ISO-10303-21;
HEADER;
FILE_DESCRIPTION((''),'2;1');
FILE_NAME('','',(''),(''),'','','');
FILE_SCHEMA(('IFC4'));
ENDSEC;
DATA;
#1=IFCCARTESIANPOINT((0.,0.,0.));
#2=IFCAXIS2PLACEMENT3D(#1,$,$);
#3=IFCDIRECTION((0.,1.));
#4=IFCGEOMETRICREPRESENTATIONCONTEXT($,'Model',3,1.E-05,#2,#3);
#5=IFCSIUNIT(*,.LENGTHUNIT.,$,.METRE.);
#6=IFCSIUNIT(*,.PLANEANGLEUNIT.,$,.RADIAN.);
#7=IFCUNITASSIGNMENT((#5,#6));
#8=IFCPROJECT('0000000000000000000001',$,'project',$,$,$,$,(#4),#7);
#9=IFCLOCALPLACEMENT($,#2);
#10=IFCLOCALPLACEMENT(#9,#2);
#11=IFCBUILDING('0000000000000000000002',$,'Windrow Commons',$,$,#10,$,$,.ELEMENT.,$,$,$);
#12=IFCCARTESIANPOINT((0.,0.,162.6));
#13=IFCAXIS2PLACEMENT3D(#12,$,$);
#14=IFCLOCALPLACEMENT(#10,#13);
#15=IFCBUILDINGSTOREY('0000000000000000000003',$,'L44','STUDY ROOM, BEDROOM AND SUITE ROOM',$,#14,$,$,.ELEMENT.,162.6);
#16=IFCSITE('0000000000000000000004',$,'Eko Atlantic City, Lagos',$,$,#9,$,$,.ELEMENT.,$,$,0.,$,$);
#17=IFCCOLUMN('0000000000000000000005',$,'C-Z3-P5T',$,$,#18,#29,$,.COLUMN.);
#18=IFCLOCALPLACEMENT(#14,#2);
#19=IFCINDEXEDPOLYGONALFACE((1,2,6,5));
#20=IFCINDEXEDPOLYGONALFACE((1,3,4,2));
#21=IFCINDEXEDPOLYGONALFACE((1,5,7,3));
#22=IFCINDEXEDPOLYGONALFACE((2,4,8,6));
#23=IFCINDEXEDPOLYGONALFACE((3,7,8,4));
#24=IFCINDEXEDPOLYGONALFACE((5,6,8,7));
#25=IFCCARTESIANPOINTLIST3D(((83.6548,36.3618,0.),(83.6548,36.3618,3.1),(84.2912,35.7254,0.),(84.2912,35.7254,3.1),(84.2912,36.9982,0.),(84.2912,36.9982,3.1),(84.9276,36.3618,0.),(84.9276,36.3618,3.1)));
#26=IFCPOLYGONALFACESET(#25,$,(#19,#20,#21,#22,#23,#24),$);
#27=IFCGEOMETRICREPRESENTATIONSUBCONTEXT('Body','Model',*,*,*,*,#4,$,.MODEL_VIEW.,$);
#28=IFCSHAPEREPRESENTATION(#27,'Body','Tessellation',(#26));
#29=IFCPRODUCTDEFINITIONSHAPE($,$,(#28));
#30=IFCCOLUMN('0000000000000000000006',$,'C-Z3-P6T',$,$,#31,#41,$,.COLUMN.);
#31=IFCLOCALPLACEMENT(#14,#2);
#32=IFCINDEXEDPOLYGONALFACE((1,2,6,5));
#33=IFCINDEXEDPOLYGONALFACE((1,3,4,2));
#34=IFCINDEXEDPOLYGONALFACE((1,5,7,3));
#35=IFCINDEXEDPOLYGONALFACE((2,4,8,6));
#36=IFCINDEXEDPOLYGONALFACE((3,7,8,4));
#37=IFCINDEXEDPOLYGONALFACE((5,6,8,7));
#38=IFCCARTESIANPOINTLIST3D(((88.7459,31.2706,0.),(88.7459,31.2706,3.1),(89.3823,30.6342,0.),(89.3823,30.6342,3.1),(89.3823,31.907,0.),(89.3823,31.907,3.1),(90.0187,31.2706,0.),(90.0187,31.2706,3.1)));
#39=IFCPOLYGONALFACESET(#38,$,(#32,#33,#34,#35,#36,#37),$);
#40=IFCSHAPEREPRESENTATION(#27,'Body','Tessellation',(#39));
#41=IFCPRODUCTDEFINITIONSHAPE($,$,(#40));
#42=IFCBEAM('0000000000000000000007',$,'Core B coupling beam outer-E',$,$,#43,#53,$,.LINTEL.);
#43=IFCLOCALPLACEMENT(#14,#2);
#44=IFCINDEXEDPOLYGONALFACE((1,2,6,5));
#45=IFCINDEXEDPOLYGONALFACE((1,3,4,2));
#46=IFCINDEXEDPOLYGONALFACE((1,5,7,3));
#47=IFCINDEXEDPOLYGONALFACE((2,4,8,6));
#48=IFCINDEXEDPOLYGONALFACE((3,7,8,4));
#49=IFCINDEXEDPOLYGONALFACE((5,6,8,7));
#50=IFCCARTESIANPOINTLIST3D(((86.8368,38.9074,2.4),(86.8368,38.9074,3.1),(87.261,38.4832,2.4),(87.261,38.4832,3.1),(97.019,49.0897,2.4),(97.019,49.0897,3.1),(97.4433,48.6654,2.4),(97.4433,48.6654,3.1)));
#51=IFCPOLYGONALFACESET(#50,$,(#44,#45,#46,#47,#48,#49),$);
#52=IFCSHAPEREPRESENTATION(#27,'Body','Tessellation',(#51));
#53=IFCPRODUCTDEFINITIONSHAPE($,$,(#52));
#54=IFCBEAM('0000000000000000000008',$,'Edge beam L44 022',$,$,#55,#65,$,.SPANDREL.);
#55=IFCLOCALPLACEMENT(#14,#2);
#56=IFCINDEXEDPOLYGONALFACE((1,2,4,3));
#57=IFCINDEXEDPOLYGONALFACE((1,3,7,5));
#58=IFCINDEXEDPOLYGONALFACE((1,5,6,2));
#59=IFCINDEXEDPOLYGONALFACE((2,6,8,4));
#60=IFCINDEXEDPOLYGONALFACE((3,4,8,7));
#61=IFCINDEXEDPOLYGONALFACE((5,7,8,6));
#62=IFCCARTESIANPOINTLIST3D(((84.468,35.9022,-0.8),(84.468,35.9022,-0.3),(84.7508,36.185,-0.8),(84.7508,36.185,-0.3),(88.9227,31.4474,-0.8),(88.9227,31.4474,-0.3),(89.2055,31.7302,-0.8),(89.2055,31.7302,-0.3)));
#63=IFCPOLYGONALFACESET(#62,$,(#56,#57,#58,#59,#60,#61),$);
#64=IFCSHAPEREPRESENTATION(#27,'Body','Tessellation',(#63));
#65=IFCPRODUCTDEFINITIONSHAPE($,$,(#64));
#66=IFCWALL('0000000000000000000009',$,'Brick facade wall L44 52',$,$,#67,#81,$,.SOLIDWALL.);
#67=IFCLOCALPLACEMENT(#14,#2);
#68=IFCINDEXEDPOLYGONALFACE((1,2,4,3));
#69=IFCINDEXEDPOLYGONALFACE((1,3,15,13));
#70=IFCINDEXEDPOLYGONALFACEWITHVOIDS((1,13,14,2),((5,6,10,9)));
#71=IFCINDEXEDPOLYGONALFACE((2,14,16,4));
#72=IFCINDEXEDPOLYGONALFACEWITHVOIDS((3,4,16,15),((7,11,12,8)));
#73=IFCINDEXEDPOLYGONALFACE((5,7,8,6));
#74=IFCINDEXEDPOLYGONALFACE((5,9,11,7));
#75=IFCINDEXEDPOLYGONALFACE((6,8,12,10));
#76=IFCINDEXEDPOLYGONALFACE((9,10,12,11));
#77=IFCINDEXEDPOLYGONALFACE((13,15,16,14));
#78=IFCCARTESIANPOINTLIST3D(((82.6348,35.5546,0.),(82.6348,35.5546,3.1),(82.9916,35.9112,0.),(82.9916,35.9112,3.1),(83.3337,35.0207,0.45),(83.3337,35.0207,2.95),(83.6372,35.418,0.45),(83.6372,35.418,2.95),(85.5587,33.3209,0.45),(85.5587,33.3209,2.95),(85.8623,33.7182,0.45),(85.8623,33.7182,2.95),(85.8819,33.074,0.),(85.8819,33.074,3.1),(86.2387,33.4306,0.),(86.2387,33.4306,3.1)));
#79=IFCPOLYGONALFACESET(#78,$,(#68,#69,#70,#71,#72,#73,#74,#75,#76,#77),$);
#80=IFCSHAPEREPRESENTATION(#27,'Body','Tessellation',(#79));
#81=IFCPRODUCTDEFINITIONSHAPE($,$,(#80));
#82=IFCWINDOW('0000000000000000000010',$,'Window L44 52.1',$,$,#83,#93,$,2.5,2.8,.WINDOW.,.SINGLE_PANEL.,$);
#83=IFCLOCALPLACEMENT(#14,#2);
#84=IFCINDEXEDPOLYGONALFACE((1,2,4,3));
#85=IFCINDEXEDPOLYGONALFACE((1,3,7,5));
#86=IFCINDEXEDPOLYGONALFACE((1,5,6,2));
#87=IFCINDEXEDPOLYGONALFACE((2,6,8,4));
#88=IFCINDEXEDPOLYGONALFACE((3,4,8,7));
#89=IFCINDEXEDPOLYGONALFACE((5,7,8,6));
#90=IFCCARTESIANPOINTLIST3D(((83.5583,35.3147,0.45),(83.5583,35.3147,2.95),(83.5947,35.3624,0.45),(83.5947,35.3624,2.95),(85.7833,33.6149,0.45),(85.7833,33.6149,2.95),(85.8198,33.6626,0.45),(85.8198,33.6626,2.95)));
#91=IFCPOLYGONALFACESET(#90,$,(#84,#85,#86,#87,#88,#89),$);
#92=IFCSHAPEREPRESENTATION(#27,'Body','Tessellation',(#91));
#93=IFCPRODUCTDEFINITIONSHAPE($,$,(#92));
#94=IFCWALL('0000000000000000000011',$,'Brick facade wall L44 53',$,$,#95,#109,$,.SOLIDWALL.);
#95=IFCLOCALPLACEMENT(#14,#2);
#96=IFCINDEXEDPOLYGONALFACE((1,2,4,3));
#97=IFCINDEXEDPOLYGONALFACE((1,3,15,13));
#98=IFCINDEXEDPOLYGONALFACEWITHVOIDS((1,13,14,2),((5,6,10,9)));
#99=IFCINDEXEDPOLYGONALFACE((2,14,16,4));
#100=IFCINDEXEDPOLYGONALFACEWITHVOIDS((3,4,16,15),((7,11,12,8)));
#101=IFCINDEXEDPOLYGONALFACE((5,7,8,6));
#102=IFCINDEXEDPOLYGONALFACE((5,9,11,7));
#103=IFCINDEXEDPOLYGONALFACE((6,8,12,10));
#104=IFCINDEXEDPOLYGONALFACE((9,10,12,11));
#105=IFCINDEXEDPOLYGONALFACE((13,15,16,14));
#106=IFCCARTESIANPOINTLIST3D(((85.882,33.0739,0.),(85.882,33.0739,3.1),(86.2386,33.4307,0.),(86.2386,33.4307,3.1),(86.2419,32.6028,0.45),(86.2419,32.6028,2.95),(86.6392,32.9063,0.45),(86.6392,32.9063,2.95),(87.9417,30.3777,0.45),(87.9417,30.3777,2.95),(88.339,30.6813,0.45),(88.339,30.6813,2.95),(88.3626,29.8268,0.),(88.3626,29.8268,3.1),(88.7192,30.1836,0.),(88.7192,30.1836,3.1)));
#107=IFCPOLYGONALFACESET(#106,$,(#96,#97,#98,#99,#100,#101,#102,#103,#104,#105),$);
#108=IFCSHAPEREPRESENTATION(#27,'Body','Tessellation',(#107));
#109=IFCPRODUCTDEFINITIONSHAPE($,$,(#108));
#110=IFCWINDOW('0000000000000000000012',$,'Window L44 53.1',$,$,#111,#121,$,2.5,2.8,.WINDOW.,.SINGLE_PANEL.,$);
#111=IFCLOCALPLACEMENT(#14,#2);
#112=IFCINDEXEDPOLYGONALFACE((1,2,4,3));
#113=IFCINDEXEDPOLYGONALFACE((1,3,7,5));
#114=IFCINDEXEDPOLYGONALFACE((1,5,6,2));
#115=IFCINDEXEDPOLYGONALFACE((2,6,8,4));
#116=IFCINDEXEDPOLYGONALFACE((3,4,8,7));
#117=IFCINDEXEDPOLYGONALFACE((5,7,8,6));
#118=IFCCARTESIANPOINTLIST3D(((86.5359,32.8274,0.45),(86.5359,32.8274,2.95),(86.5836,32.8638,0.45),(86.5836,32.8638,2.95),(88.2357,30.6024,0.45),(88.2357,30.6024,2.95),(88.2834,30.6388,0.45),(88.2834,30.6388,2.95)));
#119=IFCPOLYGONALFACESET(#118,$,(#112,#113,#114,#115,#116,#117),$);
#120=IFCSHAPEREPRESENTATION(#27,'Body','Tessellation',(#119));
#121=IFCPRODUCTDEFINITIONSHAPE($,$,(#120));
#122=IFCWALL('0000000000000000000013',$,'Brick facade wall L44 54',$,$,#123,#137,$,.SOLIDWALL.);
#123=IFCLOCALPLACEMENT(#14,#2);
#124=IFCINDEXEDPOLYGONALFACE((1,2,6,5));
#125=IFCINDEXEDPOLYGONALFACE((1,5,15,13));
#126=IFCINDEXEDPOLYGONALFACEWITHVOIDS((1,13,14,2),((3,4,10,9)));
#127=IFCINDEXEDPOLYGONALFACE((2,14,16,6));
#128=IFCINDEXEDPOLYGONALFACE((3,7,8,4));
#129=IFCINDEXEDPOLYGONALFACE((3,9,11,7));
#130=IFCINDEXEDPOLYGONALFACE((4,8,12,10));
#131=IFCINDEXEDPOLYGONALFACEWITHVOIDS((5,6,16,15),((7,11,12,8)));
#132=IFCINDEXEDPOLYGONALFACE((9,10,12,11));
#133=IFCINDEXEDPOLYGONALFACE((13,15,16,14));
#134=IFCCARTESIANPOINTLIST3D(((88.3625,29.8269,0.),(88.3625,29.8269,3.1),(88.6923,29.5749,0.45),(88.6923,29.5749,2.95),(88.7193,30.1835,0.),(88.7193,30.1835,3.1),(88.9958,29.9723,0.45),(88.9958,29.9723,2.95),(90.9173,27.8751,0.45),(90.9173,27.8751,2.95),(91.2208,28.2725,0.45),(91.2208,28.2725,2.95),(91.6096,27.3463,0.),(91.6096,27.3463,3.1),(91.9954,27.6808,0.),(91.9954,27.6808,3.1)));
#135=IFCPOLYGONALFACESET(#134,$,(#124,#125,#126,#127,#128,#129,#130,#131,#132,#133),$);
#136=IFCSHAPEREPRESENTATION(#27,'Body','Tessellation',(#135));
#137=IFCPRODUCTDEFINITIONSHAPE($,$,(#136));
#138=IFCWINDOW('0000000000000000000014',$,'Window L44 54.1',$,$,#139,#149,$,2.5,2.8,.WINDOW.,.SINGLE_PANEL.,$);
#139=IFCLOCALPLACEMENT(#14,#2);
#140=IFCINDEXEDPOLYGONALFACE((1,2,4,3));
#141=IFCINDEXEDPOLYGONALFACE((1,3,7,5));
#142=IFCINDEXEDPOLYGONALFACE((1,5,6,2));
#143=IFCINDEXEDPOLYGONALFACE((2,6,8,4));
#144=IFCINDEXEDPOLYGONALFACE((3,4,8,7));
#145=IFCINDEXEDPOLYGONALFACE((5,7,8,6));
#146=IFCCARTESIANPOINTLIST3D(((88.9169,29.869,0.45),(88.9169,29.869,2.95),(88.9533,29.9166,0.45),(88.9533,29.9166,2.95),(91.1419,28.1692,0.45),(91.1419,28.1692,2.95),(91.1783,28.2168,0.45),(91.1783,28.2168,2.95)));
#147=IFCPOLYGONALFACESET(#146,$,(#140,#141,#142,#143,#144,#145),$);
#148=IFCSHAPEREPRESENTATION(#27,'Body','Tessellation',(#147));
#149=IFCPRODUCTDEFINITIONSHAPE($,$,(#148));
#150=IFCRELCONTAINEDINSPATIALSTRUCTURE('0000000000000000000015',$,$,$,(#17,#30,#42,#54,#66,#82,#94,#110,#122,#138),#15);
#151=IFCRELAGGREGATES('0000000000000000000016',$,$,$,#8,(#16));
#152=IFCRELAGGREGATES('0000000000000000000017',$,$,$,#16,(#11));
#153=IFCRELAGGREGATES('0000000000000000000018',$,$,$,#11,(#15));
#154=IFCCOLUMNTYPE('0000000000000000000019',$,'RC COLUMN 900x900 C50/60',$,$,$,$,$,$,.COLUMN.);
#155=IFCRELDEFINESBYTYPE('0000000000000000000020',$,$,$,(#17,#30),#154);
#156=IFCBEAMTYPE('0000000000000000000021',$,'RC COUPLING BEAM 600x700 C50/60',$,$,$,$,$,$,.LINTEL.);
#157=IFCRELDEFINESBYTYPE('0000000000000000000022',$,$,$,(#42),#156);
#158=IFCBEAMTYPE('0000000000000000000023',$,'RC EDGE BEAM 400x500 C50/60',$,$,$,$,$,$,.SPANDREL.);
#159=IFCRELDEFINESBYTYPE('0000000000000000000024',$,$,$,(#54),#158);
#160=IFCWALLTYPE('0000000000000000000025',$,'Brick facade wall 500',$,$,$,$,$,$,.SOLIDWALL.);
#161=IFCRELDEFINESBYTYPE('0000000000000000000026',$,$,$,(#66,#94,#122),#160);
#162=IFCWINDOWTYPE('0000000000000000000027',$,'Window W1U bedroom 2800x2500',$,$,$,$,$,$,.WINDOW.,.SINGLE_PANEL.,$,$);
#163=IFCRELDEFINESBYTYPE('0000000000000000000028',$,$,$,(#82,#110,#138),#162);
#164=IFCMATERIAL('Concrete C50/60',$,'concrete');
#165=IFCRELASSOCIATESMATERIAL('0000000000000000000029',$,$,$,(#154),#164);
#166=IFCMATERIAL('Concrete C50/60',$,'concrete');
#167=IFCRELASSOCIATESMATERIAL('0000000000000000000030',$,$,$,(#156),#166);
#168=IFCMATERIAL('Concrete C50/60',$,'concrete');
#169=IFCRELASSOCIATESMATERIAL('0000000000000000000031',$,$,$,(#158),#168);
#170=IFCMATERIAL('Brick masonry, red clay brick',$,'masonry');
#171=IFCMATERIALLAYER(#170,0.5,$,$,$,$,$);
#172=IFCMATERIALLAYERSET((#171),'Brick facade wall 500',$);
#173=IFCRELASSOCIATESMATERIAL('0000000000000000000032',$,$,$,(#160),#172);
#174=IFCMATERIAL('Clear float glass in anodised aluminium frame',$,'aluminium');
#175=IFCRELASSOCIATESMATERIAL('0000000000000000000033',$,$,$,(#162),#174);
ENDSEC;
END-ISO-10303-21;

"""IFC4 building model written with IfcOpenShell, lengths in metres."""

from ifc_helpers import new_model, si_unit, direction, frame, frame_2d, origin, origin_2d, place, context, subcontext, project, spatial, polyline, rectangle, outline, extrude, material, layer, layer_set, material_profile, profile_set, type_object, element, fill, save


model = new_model("IFC4")

# Units and contexts
model_context = context("Model", 3, precision=1e-05, world=origin(), true_north=direction((0.0, 1.0)))
body_context = subcontext(model_context, "Body", "Model", "MODEL_VIEW")
ifc_project = project(units=[si_unit("LENGTHUNIT", "METRE"), si_unit("PLANEANGLEUNIT", "RADIAN")], contexts=[model_context])

# Site, building, storey
site_placement = place(None, origin())
site = spatial("IfcSite", under=ifc_project, at=site_placement, Name="Eko Atlantic City, Lagos", CompositionType="ELEMENT", RefElevation=0.0)
building_placement = place(site_placement, origin())
building = spatial("IfcBuilding", under=site, at=building_placement, Name="Windrow Commons", CompositionType="ELEMENT")
storey_placement = place(building_placement, frame((0.0, 0.0, 162.6)))
storey = spatial("IfcBuildingStorey", under=building, at=storey_placement, Name="L44", Description="STUDY ROOM, BEDROOM AND SUITE ROOM", CompositionType="ELEMENT", Elevation=162.6)

# Columns
ifc_material_1 = material(Name="Concrete C50/60", Category="concrete")
ifc_material_profile_1 = material_profile(ifc_material_1, rectangle(XDim=0.9, YDim=0.9, at=origin_2d()))
ifc_profile_set_1 = profile_set([ifc_material_profile_1], Name="Concrete C50/60")
column_type = type_object("IfcColumnType", Name="RC COLUMN 900x900 C50/60", PredefinedType="COLUMN", material=ifc_profile_set_1)
for number, where, z_axis, x_axis, name in (
    (1, (84.2912, 36.3618, 0.0), (0.0, 0.0, 1.0), (0.707107, -0.707107, 0.0), "C-Z3-P5T"),
    (2, (89.3823, 31.2706, 0.0), (0.0, 0.0, 1.0), (0.707107, -0.707107, 0.0), "C-Z3-P6T"),
):
    element("IfcColumn", number, at=place(storey_placement, frame(where, z_axis=z_axis, x_axis=x_axis)), inside=storey, type_object=column_type, Name=name, PredefinedType="COLUMN", context=body_context, shape_type="SweptSolid", body=[
        extrude(rectangle(XDim=0.9, YDim=0.9, at=origin_2d()), origin(), (0.0, 0.0, 1.0), 3.1),
    ])

# Beams
ifc_material_2 = material(Name="Concrete C50/60", Category="concrete")
ifc_material_profile_2 = material_profile(ifc_material_2, rectangle(XDim=0.6, YDim=0.7, at=origin_2d()))
ifc_profile_set_2 = profile_set([ifc_material_profile_2], Name="Concrete C50/60")
beam_type_1 = type_object("IfcBeamType", Name="RC COUPLING BEAM 600x700 C50/60", PredefinedType="LINTEL", material=ifc_profile_set_2)
beam_1_placement = place(storey_placement, frame((87.0489, 38.6953, 2.75), z_axis=(0.707107, 0.707107, 0.0), x_axis=(-0.707107, 0.707107, 0.0)))
element("IfcBeam", 3, at=beam_1_placement, inside=storey, type_object=beam_type_1, Name="Core B coupling beam outer-E", PredefinedType="LINTEL", context=body_context, shape_type="SweptSolid", body=[
    extrude(rectangle(XDim=0.6, YDim=0.7, at=origin_2d()), origin(), (0.0, 0.0, 1.0), 14.3999),
])
ifc_material_3 = material(Name="Concrete C50/60", Category="concrete")
ifc_material_profile_3 = material_profile(ifc_material_3, rectangle(XDim=0.4, YDim=0.5, at=origin_2d()))
ifc_profile_set_3 = profile_set([ifc_material_profile_3], Name="Concrete C50/60")
beam_type_2 = type_object("IfcBeamType", Name="RC EDGE BEAM 400x500 C50/60", PredefinedType="SPANDREL", material=ifc_profile_set_3)
beam_2_placement = place(storey_placement, frame((89.0641, 31.5888, -0.55), z_axis=(-0.707099, 0.707115, 0.0), x_axis=(-0.707115, -0.707099, 0.0)))
element("IfcBeam", 4, at=beam_2_placement, inside=storey, type_object=beam_type_2, Name="Edge beam L44 022", PredefinedType="SPANDREL", context=body_context, shape_type="SweptSolid", body=[
    extrude(rectangle(XDim=0.4, YDim=0.5, at=origin_2d()), origin(), (0.0, 0.0, 1.0), 6.3),
])

# Walls, openings, windows
ifc_material_4 = material(Name="Brick masonry, red clay brick", Category="masonry")
ifc_layer_1 = layer(ifc_material_4, 0.5)
ifc_layer_set_1 = layer_set([ifc_layer_1], Name="Brick facade wall 500")
wall_type_1 = type_object("IfcWallType", Name="Brick facade wall 500", PredefinedType="SOLIDWALL", material=ifc_layer_set_1)
wall_1_placement = place(storey_placement, frame((82.8132, 35.7329, 0.0), z_axis=(0.0, 0.0, 1.0), x_axis=(0.79465, -0.607068, 0.0)))
wall_1 = element("IfcWall", 5, at=wall_1_placement, inside=storey, type_object=wall_type_1, Name="Brick facade wall L44 52", PredefinedType="SOLIDWALL", context=body_context, shape_type="SweptSolid", body=[
    extrude(outline(polyline([(-0.0335, -0.25), (4.0527, -0.25), (4.1197, 0.25), (0.0335, 0.25), (-0.0335, -0.25)])), origin(), (0.0, 0.0, 1.0), 3.1),
])
opening_1_placement = place(wall_1_placement, frame((0.846, 0.0, 0.45)))
opening_1 = element("IfcOpeningElement", 6, at=opening_1_placement, cuts=wall_1, PredefinedType="OPENING", context=body_context, shape_type="SweptSolid", body=[
    extrude(rectangle(XDim=2.8, YDim=2.5, at=frame_2d((1.4, 1.25))), frame((0.0, 0.26, 0.0), z_axis=(0.0, -1.0, 0.0), x_axis=(1.0, 0.0, 0.0)), (0.0, 0.0, 1.0), 0.52),
])
ifc_material_5 = material(Name="Clear float glass in anodised aluminium frame", Category="aluminium")
window_type_1 = type_object("IfcWindowType", Name="Window W1U bedroom 2800x2500", PartitioningType="SINGLE_PANEL", PredefinedType="WINDOW", material=ifc_material_5)
window_1_placement = place(opening_1_placement, origin())
window_1 = element("IfcWindow", 7, at=window_1_placement, inside=storey, type_object=window_type_1, Name="Window L44 52.1", OverallHeight=2.5, OverallWidth=2.8, PartitioningType="SINGLE_PANEL", PredefinedType="WINDOW", context=body_context, shape_type="SweptSolid", body=[
    extrude(rectangle(XDim=2.8, YDim=2.5, at=frame_2d((1.4, 1.25))), frame((0.0, 0.18, 0.0), z_axis=(0.0, -1.0, 0.0), x_axis=(1.0, 0.0, 0.0)), (0.0, 0.0, 1.0), 0.06),
])
fill(opening_1, window_1)
wall_2_placement = place(storey_placement, frame((86.0603, 33.2523, 0.0), z_axis=(0.0, 0.0, 1.0), x_axis=(0.607068, -0.79465, 0.0)))
wall_2 = element("IfcWall", 8, at=wall_2_placement, inside=storey, type_object=wall_type_1, Name="Brick facade wall L44 53", PredefinedType="SOLIDWALL", context=body_context, shape_type="SweptSolid", body=[
    extrude(outline(polyline([(0.0335, -0.25), (4.1197, -0.25), (4.0527, 0.25), (-0.0335, 0.25), (0.0335, -0.25)])), origin(), (0.0, 0.0, 1.0), 3.1),
])
opening_2_placement = place(wall_2_placement, frame((0.6264, 0.0, 0.45)))
opening_2 = element("IfcOpeningElement", 9, at=opening_2_placement, cuts=wall_2, PredefinedType="OPENING", context=body_context, shape_type="SweptSolid", body=[
    extrude(rectangle(XDim=2.8, YDim=2.5, at=frame_2d((1.4, 1.25))), frame((0.0, 0.26, 0.0), z_axis=(0.0, -1.0, 0.0), x_axis=(1.0, 0.0, 0.0)), (0.0, 0.0, 1.0), 0.52),
])
window_2_placement = place(opening_2_placement, origin())
window_2 = element("IfcWindow", 10, at=window_2_placement, inside=storey, type_object=window_type_1, Name="Window L44 53.1", OverallHeight=2.5, OverallWidth=2.8, PartitioningType="SINGLE_PANEL", PredefinedType="WINDOW", context=body_context, shape_type="SweptSolid", body=[
    extrude(rectangle(XDim=2.8, YDim=2.5, at=frame_2d((1.4, 1.25))), frame((0.0, 0.18, 0.0), z_axis=(0.0, -1.0, 0.0), x_axis=(1.0, 0.0, 0.0)), (0.0, 0.0, 1.0), 0.06),
])
fill(opening_2, window_2)
wall_3_placement = place(storey_placement, frame((88.5409, 30.0052, 0.0), z_axis=(0.0, 0.0, 1.0), x_axis=(0.794648, -0.607071, 0.0)))
wall_3 = element("IfcWall", 11, at=wall_3_placement, inside=storey, type_object=wall_type_1, Name="Brick facade wall L44 54", PredefinedType="SOLIDWALL", context=body_context, shape_type="SweptSolid", body=[
    extrude(outline(polyline([(-0.0335, -0.25), (4.0527, -0.25), (4.1562, 0.25), (0.0335, 0.25), (-0.0335, -0.25)])), origin(), (0.0, 0.0, 1.0), 3.1),
])
opening_3_placement = place(wall_3_placement, frame((0.3815, 0.0, 0.45)))
opening_3 = element("IfcOpeningElement", 12, at=opening_3_placement, cuts=wall_3, PredefinedType="OPENING", context=body_context, shape_type="SweptSolid", body=[
    extrude(rectangle(XDim=2.8, YDim=2.5, at=frame_2d((1.4, 1.25))), frame((0.0, 0.26, 0.0), z_axis=(0.0, -1.0, 0.0), x_axis=(1.0, 0.0, 0.0)), (0.0, 0.0, 1.0), 0.52),
])
window_3_placement = place(opening_3_placement, origin())
window_3 = element("IfcWindow", 13, at=window_3_placement, inside=storey, type_object=window_type_1, Name="Window L44 54.1", OverallHeight=2.5, OverallWidth=2.8, PartitioningType="SINGLE_PANEL", PredefinedType="WINDOW", context=body_context, shape_type="SweptSolid", body=[
    extrude(rectangle(XDim=2.8, YDim=2.5, at=frame_2d((1.4, 1.25))), frame((0.0, 0.18, 0.0), z_axis=(0.0, -1.0, 0.0), x_axis=(1.0, 0.0, 0.0)), (0.0, 0.0, 1.0), 0.06),
])
fill(opening_3, window_3)

save(model, "model.ifc")
